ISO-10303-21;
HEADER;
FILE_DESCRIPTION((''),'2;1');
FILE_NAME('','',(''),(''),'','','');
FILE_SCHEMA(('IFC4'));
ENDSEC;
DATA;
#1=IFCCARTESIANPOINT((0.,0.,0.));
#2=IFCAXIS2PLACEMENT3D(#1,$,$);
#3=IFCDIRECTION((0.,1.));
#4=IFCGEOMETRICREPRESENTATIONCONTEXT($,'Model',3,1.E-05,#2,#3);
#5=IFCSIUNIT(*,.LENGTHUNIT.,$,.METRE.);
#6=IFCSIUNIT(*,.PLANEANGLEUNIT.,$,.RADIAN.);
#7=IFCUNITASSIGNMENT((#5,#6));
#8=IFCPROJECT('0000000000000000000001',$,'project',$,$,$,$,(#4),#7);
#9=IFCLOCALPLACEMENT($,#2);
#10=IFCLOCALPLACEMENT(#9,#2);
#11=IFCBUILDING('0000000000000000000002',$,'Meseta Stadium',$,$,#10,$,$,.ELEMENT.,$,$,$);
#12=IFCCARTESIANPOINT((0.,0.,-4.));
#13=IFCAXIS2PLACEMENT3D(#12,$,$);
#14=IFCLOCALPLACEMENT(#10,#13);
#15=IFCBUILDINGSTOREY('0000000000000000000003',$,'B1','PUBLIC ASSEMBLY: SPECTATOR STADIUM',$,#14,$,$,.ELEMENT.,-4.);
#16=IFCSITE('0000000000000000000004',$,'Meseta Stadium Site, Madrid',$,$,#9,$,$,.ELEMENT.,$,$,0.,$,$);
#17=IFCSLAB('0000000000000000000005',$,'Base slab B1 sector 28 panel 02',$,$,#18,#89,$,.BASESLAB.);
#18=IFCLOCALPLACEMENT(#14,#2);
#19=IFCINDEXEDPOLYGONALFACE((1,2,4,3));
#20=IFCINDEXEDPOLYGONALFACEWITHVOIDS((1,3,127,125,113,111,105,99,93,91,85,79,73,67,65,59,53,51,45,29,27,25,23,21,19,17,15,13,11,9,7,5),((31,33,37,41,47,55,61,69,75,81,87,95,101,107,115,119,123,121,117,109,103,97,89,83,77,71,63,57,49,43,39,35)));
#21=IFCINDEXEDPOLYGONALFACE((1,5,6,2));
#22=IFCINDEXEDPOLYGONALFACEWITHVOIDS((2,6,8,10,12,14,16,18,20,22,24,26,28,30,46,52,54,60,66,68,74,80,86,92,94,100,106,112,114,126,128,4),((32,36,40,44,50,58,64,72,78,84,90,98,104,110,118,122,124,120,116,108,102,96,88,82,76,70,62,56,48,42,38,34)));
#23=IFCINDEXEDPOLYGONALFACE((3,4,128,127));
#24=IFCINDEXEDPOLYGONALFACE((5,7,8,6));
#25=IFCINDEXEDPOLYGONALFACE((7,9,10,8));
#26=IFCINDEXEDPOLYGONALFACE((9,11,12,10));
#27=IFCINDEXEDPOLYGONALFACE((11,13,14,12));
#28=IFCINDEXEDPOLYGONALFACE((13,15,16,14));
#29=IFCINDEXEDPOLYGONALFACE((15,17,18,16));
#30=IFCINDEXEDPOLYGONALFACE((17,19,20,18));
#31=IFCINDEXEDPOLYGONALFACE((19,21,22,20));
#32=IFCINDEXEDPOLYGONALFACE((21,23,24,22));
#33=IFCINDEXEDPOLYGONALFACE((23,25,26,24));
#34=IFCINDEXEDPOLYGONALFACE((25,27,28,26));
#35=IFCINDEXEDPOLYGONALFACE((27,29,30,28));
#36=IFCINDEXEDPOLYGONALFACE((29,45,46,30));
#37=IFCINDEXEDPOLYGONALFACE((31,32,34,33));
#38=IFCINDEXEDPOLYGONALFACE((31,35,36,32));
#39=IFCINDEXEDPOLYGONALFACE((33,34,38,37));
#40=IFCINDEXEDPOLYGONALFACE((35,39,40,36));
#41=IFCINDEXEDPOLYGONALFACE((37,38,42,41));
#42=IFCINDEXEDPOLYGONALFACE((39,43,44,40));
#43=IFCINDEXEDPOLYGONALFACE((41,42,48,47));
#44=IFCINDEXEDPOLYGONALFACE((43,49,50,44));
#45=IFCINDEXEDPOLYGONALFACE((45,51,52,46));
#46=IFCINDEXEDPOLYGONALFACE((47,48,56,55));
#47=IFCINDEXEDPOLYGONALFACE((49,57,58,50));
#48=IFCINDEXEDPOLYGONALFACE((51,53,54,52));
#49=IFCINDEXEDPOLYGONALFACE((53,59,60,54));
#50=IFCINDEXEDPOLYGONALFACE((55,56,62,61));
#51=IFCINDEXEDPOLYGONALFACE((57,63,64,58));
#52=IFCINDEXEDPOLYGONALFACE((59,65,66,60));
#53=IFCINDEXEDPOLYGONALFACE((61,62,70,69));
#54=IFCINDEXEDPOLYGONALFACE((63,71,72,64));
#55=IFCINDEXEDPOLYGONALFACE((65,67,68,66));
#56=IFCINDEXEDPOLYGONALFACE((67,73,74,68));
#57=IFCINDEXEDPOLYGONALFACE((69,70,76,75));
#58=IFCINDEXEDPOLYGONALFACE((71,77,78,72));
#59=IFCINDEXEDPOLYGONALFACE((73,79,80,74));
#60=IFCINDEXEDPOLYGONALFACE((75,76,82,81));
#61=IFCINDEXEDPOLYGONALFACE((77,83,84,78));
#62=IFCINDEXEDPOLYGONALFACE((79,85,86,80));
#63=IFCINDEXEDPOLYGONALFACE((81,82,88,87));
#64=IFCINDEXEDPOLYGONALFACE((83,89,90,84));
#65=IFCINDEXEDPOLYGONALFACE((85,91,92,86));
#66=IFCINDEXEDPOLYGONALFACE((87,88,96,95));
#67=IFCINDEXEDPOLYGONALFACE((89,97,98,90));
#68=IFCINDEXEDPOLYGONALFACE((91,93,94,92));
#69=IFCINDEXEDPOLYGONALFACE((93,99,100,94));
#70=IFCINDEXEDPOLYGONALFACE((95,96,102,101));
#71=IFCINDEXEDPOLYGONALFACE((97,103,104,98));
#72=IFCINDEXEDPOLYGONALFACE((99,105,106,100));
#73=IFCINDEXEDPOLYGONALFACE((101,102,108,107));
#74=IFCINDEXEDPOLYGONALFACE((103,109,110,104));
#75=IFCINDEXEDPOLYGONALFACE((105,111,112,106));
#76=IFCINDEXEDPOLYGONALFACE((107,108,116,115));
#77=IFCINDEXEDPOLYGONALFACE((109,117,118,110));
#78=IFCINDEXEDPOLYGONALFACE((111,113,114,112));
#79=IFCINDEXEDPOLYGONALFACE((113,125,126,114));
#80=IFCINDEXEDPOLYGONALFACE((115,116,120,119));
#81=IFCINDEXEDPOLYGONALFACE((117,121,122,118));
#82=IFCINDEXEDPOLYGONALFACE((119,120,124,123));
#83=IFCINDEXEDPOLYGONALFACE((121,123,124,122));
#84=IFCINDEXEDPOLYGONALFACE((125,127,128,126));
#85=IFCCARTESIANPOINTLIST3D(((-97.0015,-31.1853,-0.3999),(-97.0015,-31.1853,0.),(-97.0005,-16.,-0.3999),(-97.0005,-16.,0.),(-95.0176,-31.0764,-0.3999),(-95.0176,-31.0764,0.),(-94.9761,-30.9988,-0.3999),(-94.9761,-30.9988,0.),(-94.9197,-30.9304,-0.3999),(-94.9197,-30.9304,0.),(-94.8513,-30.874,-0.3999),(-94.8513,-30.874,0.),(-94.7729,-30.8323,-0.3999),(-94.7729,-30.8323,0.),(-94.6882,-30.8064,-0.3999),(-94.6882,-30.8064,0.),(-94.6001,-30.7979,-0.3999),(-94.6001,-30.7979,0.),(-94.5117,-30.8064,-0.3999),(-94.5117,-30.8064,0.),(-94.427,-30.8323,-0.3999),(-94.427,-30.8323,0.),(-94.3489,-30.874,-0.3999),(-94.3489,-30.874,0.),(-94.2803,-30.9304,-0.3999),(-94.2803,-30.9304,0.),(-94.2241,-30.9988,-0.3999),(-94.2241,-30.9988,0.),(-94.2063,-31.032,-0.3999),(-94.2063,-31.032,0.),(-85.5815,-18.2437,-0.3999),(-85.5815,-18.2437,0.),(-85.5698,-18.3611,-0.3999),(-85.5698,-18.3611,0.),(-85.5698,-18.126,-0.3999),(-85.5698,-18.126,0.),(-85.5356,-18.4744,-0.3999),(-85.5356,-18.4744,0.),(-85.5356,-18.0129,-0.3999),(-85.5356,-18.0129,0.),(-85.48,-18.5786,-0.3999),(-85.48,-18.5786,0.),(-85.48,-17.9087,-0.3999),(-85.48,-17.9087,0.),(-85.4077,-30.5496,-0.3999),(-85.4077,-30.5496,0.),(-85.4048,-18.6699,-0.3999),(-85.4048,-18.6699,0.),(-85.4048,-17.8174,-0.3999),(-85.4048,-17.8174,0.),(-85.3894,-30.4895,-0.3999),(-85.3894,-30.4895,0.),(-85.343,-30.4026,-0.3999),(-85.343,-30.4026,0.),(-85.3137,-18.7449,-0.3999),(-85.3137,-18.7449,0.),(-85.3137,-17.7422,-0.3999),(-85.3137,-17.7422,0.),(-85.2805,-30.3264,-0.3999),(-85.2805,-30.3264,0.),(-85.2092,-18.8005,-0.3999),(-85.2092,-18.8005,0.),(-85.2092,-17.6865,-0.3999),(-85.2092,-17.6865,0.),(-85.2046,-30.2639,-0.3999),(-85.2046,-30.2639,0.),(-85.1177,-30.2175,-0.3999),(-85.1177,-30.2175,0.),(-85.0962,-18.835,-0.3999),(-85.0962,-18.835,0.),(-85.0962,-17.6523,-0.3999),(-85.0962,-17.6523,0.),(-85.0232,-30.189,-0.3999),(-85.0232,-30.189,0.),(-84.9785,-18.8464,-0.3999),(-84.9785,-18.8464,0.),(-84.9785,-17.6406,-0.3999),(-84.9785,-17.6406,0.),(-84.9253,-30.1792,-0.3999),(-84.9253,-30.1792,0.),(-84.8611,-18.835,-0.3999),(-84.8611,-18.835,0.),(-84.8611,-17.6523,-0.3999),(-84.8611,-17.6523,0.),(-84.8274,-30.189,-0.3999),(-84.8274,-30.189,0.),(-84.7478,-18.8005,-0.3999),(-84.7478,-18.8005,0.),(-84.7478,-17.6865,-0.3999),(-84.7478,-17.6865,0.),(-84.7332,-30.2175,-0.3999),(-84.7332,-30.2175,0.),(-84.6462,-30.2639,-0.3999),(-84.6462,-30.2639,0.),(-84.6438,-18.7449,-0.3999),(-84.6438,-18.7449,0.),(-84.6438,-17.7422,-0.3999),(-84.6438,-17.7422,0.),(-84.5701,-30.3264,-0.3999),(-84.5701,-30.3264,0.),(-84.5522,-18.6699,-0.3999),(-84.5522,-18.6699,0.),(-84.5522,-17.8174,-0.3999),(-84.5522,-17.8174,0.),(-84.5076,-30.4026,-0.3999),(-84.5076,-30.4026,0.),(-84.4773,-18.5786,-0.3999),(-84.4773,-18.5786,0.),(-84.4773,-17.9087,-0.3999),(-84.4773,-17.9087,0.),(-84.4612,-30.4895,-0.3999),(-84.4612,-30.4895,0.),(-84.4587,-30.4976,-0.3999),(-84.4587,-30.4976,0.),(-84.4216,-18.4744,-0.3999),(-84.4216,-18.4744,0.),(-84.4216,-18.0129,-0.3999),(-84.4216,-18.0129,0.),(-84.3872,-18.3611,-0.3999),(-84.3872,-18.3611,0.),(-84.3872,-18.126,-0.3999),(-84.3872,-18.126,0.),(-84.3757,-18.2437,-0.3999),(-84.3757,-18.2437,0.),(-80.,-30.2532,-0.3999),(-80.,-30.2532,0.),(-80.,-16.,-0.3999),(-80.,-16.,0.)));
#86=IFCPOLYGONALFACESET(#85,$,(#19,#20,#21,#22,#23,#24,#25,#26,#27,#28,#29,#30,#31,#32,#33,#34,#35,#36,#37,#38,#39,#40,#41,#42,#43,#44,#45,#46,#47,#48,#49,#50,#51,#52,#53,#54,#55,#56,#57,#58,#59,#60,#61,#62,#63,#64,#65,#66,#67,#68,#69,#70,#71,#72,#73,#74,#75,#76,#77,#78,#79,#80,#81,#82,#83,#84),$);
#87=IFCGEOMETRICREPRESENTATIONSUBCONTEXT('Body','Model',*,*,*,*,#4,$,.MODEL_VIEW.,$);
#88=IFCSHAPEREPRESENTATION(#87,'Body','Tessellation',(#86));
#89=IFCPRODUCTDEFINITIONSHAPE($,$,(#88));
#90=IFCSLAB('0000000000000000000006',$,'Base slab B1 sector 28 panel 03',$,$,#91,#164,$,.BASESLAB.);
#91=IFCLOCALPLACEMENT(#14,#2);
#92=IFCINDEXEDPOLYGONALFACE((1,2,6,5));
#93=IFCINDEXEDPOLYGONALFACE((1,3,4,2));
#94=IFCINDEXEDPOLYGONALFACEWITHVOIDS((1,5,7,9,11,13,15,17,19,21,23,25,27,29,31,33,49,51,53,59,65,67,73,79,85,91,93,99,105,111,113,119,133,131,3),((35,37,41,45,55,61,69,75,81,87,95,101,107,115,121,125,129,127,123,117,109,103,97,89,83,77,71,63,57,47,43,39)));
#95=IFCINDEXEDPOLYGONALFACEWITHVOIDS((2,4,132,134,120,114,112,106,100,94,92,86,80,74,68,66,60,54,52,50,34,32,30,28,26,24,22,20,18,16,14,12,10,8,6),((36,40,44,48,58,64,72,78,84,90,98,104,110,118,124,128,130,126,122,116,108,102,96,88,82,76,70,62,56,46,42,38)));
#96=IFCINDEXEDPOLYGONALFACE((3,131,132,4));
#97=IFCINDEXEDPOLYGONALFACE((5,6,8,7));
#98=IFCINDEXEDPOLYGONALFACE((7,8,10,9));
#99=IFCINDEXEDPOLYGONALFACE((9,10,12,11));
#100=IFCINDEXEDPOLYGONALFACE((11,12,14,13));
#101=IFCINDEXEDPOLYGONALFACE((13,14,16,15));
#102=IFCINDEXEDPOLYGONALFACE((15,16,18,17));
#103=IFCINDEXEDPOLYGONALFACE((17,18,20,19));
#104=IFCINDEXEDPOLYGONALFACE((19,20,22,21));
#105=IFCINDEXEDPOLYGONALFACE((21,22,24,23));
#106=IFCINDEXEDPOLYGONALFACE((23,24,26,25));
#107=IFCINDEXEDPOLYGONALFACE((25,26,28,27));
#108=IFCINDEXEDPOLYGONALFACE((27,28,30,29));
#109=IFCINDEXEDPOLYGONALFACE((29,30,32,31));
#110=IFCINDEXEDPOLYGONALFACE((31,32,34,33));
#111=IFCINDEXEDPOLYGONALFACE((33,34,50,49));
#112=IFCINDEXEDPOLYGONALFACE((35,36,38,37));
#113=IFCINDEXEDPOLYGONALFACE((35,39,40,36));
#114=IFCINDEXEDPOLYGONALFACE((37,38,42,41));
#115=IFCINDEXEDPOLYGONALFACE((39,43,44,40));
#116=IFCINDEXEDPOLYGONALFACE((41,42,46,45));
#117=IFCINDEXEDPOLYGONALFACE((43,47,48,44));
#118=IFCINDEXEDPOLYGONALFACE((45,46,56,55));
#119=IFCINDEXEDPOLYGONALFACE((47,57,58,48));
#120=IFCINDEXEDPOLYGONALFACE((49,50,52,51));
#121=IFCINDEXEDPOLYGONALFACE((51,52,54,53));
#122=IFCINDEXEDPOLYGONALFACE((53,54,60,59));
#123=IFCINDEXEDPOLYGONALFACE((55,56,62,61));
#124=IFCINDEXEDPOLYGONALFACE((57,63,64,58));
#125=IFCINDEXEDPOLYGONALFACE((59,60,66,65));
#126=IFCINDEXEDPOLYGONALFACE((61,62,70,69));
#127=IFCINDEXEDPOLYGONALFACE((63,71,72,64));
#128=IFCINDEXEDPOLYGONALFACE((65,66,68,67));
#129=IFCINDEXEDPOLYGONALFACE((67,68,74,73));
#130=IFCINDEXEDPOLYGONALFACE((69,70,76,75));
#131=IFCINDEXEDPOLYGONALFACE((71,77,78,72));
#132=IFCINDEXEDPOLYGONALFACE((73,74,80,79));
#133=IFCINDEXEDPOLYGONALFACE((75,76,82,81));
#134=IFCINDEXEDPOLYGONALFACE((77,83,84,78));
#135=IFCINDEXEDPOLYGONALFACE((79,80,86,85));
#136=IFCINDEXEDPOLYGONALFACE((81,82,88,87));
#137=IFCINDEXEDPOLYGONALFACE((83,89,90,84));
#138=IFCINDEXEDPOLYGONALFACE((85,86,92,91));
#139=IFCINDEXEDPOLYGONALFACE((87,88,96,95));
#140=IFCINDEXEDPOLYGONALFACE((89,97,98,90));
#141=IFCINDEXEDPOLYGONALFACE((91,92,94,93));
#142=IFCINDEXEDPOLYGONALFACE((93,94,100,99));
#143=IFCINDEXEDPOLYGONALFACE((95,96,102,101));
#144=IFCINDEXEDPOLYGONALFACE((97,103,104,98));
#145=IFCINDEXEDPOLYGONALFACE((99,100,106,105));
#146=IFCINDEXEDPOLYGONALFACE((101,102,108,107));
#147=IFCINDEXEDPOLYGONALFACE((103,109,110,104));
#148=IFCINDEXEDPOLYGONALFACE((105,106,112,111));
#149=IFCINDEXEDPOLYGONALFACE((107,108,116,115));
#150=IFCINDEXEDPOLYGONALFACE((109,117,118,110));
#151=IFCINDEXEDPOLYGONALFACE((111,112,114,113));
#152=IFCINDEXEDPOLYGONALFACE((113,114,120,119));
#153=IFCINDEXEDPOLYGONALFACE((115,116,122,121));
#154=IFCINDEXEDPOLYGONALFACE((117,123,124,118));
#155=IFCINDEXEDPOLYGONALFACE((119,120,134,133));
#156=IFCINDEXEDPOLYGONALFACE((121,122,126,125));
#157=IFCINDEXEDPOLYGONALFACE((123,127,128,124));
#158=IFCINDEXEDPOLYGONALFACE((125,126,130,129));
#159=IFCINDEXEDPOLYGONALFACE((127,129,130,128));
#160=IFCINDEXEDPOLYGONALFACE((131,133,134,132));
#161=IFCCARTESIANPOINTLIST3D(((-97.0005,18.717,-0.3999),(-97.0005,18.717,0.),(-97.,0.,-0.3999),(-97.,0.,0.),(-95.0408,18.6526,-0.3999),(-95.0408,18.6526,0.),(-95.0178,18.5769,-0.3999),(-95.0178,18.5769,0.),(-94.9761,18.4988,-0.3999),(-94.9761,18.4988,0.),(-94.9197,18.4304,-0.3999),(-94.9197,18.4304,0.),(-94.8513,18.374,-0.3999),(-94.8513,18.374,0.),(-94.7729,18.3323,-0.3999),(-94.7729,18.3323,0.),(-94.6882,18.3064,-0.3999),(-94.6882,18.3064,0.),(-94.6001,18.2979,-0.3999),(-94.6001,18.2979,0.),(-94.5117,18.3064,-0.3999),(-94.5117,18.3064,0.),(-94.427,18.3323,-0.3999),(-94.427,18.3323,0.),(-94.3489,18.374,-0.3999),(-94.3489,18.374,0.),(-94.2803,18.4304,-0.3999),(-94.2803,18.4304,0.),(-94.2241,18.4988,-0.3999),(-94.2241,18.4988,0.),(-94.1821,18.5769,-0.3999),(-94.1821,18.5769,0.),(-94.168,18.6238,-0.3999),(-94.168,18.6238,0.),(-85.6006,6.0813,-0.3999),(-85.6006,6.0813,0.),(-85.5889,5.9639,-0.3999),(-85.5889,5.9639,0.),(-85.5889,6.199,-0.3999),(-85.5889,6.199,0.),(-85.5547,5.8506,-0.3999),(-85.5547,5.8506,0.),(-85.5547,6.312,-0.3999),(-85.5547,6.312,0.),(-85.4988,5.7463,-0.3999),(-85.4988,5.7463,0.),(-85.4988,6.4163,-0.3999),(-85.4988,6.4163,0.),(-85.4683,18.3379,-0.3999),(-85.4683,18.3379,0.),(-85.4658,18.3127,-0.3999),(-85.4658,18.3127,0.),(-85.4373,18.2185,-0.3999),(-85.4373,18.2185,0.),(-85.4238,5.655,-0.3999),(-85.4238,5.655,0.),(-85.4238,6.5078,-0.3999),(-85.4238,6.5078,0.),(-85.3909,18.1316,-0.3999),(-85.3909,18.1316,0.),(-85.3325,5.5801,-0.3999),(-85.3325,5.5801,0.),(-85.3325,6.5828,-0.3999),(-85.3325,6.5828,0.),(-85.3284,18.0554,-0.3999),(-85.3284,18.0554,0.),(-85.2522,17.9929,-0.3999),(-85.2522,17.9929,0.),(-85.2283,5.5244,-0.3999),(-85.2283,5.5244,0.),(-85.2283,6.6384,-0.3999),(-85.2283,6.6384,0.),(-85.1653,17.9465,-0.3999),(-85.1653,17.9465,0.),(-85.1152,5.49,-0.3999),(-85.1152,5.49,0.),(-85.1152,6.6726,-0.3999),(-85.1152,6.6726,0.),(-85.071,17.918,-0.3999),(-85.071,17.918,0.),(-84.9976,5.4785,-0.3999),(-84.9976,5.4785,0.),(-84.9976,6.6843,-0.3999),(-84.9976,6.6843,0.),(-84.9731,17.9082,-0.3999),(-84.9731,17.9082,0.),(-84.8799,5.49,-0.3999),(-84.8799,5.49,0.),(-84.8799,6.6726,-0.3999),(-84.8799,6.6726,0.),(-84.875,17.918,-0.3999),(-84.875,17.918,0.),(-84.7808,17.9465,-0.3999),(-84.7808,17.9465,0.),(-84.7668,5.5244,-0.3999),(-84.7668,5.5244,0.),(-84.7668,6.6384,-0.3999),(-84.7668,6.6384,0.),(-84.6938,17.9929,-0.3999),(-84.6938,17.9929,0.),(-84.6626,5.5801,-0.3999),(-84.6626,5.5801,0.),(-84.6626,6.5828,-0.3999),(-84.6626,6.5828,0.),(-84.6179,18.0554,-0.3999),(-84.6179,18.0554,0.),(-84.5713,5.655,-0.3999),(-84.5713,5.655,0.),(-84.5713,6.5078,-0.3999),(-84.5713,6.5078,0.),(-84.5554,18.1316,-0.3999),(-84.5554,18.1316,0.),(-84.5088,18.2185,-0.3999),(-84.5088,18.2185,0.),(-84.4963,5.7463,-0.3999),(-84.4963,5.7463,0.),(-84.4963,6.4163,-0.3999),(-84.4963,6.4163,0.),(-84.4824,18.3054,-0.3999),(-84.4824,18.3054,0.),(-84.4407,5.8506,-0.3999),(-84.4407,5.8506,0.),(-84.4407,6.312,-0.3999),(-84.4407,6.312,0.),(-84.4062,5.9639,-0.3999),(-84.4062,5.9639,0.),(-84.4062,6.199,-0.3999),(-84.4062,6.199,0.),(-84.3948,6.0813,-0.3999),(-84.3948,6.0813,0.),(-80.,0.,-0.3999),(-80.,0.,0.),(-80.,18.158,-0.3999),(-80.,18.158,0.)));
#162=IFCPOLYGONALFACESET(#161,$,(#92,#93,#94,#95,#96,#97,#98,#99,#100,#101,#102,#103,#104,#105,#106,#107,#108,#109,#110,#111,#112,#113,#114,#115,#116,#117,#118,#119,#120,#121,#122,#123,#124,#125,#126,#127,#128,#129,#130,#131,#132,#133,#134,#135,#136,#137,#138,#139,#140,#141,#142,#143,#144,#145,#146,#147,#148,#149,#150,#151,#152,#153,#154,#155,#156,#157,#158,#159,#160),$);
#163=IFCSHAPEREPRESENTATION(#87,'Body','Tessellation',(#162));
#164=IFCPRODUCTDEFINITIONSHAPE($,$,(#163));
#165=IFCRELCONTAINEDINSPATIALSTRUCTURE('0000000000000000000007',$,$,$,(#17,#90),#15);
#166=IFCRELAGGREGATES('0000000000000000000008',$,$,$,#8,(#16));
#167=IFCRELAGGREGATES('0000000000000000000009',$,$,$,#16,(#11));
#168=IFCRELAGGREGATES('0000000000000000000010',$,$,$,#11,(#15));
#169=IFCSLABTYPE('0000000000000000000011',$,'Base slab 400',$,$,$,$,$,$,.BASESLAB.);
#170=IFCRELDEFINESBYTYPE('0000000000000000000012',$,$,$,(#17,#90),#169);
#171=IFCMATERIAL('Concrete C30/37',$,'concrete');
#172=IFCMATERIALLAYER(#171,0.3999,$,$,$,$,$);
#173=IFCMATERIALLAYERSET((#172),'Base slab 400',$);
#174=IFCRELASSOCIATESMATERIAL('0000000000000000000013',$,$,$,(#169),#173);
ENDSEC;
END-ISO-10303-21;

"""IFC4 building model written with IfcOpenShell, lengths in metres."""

from ifc_helpers import new_model, si_unit, direction, frame, origin, place, context, subcontext, project, spatial, polyline, outline, extrude, material, layer, layer_set, type_object, element, save


model = new_model("IFC4")

# Units and contexts
model_context = context("Model", 3, precision=1e-05, world=origin(), true_north=direction((0.0, 1.0)))
body_context = subcontext(model_context, "Body", "Model", "MODEL_VIEW")
ifc_project = project(units=[si_unit("LENGTHUNIT", "METRE"), si_unit("PLANEANGLEUNIT", "RADIAN")], contexts=[model_context])

# Site, building, storey
site_placement = place(None, origin())
site = spatial("IfcSite", under=ifc_project, at=site_placement, Name="Meseta Stadium Site, Madrid", CompositionType="ELEMENT", RefElevation=0.0)
building_placement = place(site_placement, origin())
building = spatial("IfcBuilding", under=site, at=building_placement, Name="Meseta Stadium", CompositionType="ELEMENT")
storey_placement = place(building_placement, frame((0.0, 0.0, -4.0)))
storey = spatial("IfcBuildingStorey", under=building, at=storey_placement, Name="B1", Description="PUBLIC ASSEMBLY: SPECTATOR STADIUM", CompositionType="ELEMENT", Elevation=-4.0)

# Slabs
ifc_material = material(Name="Concrete C30/37", Category="concrete")
ifc_layer = layer(ifc_material, 0.3999)
ifc_layer_set = layer_set([ifc_layer], Name="Base slab 400")
slab_type = type_object("IfcSlabType", Name="Base slab 400", PredefinedType="BASESLAB", material=ifc_layer_set)
slab_1_placement = place(storey_placement, frame((0.0, 0.0, -0.3999)))
element("IfcSlab", 1, at=slab_1_placement, inside=storey, type_object=slab_type, Name="Base slab B1 sector 28 panel 02", PredefinedType="BASESLAB", context=body_context, shape_type="SweptSolid", body=[
    extrude(outline(polyline([(-84.4587, -30.4976), (-80.0, -30.2532), (-80.0, -16.0), (-97.0005, -16.0), (-97.0015, -31.1853), (-95.0176, -31.0764), (-94.9761, -30.9988), (-94.9197, -30.9304), (-94.8513, -30.874), (-94.7729, -30.8323), (-94.6882, -30.8064), (-94.6001, -30.7979), (-94.5117, -30.8064), (-94.427, -30.8323), (-94.3489, -30.874), (-94.2803, -30.9304), (-94.2241, -30.9988), (-94.2063, -31.032), (-85.4077, -30.5496), (-85.3894, -30.4895), (-85.343, -30.4026), (-85.2805, -30.3264), (-85.2046, -30.2639), (-85.1177, -30.2175), (-85.0232, -30.189), (-84.9253, -30.1792), (-84.8274, -30.189), (-84.7332, -30.2175), (-84.6462, -30.2639), (-84.5701, -30.3264), (-84.5076, -30.4026), (-84.4612, -30.4895), (-84.4587, -30.4976)]), holes=[polyline([(-85.5356, -18.4744), (-85.5698, -18.3611), (-85.5815, -18.2437), (-85.5698, -18.126), (-85.5356, -18.0129), (-85.48, -17.9087), (-85.4048, -17.8174), (-85.3137, -17.7422), (-85.2092, -17.6865), (-85.0962, -17.6523), (-84.9785, -17.6406), (-84.8611, -17.6523), (-84.7478, -17.6865), (-84.6438, -17.7422), (-84.5522, -17.8174), (-84.4773, -17.9087), (-84.4216, -18.0129), (-84.3872, -18.126), (-84.3757, -18.2437), (-84.3872, -18.3611), (-84.4216, -18.4744), (-84.4773, -18.5786), (-84.5522, -18.6699), (-84.6438, -18.7449), (-84.7478, -18.8005), (-84.8611, -18.835), (-84.9785, -18.8464), (-85.0962, -18.835), (-85.2092, -18.8005), (-85.3137, -18.7449), (-85.4048, -18.6699), (-85.48, -18.5786), (-85.5356, -18.4744)])]), origin(), (0.0, 0.0, 1.0), 0.3999),
])
slab_2_placement = place(storey_placement, frame((0.0, 0.0, -0.3999)))
element("IfcSlab", 2, at=slab_2_placement, inside=storey, type_object=slab_type, Name="Base slab B1 sector 28 panel 03", PredefinedType="BASESLAB", context=body_context, shape_type="SweptSolid", body=[
    extrude(outline(polyline([(-95.0178, 18.5769), (-95.0408, 18.6526), (-97.0005, 18.717), (-97.0, 0.0), (-80.0, 0.0), (-80.0, 18.158), (-84.4824, 18.3054), (-84.5088, 18.2185), (-84.5554, 18.1316), (-84.6179, 18.0554), (-84.6938, 17.9929), (-84.7808, 17.9465), (-84.875, 17.918), (-84.9731, 17.9082), (-85.071, 17.918), (-85.1653, 17.9465), (-85.2522, 17.9929), (-85.3284, 18.0554), (-85.3909, 18.1316), (-85.4373, 18.2185), (-85.4658, 18.3127), (-85.4683, 18.3379), (-94.168, 18.6238), (-94.1821, 18.5769), (-94.2241, 18.4988), (-94.2803, 18.4304), (-94.3489, 18.374), (-94.427, 18.3323), (-94.5117, 18.3064), (-94.6001, 18.2979), (-94.6882, 18.3064), (-94.7729, 18.3323), (-94.8513, 18.374), (-94.9197, 18.4304), (-94.9761, 18.4988), (-95.0178, 18.5769)]), holes=[polyline([(-85.3325, 5.5801), (-85.4238, 5.655), (-85.4988, 5.7463), (-85.5547, 5.8506), (-85.5889, 5.9639), (-85.6006, 6.0813), (-85.5889, 6.199), (-85.5547, 6.312), (-85.4988, 6.4163), (-85.4238, 6.5078), (-85.3325, 6.5828), (-85.2283, 6.6384), (-85.1152, 6.6726), (-84.9976, 6.6843), (-84.8799, 6.6726), (-84.7668, 6.6384), (-84.6626, 6.5828), (-84.5713, 6.5078), (-84.4963, 6.4163), (-84.4407, 6.312), (-84.4062, 6.199), (-84.3948, 6.0813), (-84.4062, 5.9639), (-84.4407, 5.8506), (-84.4963, 5.7463), (-84.5713, 5.655), (-84.6626, 5.5801), (-84.7668, 5.5244), (-84.8799, 5.49), (-84.9976, 5.4785), (-85.1152, 5.49), (-85.2283, 5.5244), (-85.3325, 5.5801)])]), origin(), (0.0, 0.0, 1.0), 0.3999),
])

save(model, "model.ifc")
